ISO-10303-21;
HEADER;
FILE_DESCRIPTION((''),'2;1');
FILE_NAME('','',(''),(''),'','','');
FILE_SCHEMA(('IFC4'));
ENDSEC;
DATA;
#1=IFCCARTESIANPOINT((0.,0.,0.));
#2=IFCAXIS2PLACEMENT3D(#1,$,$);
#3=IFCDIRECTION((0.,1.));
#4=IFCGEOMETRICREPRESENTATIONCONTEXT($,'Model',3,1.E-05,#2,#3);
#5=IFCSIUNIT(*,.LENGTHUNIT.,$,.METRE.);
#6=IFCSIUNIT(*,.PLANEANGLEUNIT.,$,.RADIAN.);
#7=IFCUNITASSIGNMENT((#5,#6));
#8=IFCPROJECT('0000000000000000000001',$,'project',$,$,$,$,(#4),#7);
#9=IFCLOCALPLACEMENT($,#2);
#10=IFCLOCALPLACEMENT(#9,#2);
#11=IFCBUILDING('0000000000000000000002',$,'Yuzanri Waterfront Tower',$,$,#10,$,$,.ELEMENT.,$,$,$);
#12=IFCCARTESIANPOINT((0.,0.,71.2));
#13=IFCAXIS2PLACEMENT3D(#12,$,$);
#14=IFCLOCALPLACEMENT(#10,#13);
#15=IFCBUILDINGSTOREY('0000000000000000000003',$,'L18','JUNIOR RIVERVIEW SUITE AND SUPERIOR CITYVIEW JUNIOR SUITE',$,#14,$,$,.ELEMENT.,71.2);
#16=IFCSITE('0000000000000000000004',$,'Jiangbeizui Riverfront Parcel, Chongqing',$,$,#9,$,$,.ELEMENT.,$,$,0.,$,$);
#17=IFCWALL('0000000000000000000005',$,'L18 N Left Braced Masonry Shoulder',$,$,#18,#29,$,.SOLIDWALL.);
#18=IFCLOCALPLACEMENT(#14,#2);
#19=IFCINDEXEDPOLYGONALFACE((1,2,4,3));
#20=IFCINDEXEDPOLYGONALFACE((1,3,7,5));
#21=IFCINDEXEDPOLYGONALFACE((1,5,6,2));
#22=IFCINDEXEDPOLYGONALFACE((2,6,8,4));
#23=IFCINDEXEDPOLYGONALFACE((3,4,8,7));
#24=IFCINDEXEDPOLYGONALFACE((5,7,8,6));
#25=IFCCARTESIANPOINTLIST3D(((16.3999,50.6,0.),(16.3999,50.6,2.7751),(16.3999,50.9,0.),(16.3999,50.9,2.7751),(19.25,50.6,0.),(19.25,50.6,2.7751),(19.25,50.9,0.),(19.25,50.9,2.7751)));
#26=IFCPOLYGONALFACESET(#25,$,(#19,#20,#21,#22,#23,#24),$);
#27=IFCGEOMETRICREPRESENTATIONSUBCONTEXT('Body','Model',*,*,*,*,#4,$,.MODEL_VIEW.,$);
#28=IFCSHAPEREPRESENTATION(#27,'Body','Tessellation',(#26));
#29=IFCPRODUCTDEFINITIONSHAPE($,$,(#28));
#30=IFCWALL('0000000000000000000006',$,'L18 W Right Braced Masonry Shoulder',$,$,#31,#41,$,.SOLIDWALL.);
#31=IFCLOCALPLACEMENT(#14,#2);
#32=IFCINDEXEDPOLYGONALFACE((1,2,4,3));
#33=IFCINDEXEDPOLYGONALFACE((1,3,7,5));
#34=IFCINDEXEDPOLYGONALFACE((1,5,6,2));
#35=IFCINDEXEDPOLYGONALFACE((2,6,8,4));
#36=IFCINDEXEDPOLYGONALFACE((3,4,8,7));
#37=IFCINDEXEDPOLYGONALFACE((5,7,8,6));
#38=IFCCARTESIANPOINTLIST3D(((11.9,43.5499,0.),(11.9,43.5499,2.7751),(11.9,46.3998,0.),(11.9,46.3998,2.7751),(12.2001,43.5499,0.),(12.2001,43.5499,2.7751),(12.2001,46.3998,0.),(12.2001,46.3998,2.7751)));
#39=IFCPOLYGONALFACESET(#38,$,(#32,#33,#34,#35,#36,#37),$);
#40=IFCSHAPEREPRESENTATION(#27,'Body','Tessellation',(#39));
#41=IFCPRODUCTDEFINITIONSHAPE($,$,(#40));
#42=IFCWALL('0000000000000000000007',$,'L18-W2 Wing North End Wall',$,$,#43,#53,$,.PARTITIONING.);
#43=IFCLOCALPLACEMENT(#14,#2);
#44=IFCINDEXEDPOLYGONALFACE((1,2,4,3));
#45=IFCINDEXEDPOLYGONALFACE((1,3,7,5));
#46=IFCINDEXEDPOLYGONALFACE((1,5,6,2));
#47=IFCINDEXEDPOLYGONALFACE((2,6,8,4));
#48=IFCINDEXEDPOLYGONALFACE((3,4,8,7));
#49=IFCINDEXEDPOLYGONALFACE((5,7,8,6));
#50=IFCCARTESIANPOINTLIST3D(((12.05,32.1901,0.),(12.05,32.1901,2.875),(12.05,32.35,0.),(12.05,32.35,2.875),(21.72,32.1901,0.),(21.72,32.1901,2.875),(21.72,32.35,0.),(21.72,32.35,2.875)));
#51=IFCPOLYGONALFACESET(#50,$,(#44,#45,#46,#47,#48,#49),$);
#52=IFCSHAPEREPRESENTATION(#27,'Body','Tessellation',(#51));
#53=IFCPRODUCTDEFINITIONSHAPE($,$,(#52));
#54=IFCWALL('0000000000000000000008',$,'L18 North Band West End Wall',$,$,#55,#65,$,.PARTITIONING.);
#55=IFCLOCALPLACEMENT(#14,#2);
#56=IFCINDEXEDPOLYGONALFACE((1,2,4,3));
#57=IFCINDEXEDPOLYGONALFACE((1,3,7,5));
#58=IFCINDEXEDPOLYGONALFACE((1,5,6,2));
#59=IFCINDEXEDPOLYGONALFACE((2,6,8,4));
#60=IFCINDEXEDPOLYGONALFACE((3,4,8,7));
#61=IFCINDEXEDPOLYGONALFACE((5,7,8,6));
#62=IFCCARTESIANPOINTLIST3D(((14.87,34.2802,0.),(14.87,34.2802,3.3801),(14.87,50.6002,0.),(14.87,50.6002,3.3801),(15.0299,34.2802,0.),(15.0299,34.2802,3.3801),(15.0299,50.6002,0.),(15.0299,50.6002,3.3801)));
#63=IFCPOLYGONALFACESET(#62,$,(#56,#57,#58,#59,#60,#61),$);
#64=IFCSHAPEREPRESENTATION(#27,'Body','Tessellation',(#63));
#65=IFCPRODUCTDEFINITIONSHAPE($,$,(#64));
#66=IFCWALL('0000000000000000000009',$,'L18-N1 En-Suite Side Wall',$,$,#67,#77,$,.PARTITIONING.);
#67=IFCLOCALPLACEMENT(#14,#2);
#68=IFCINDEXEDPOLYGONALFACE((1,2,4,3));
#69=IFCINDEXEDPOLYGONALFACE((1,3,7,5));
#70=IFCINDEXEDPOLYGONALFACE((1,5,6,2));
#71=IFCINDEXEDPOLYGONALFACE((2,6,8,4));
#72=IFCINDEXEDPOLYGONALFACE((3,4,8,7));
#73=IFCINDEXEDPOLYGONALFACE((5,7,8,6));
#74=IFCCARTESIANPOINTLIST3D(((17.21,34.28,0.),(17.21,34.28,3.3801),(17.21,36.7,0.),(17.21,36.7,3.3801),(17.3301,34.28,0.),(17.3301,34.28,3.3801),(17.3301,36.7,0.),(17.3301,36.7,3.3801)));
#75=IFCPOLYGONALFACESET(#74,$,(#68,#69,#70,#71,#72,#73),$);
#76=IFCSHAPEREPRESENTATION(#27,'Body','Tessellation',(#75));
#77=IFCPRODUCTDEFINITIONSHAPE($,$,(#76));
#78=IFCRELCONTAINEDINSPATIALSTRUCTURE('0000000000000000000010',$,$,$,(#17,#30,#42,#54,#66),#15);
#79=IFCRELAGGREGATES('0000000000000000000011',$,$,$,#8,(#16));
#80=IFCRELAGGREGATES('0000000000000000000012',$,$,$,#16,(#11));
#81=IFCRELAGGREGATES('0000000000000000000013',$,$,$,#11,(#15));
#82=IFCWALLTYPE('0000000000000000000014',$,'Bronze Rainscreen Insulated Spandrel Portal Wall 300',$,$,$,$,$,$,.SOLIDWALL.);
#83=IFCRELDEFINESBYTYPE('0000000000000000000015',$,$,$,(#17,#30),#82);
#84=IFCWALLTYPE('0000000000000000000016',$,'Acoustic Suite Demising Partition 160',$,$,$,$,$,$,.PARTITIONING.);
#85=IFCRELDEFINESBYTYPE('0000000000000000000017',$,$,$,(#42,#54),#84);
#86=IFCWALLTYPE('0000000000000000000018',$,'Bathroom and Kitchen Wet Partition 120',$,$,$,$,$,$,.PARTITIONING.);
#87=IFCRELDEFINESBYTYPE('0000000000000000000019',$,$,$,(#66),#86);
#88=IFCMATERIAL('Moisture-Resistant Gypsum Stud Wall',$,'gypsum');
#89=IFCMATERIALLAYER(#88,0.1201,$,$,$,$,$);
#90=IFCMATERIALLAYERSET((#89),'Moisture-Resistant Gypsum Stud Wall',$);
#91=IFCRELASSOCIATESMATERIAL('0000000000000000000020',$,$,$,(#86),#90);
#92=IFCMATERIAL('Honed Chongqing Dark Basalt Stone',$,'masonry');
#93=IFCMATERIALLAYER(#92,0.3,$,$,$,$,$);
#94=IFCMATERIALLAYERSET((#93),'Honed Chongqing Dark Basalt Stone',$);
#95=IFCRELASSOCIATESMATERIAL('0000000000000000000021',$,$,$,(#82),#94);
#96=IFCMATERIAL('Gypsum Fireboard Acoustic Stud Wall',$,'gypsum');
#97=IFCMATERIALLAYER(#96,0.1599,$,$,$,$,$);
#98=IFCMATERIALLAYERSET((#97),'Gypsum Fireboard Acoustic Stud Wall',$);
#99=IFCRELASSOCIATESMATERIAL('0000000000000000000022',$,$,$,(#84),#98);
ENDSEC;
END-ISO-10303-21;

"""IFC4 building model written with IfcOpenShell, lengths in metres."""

from ifc_helpers import new_model, si_unit, direction, frame, frame_2d, origin, place, context, subcontext, project, spatial, rectangle, extrude, source, transform, mapped, material, layer, layer_set, type_object, element, save


model = new_model("IFC4")

# Units and contexts
model_context = context("Model", 3, precision=1e-05, world=origin(), true_north=direction((0.0, 1.0)))
body_context = subcontext(model_context, "Body", "Model", "MODEL_VIEW")
ifc_project = project(units=[si_unit("LENGTHUNIT", "METRE"), si_unit("PLANEANGLEUNIT", "RADIAN")], contexts=[model_context])

# Site, building, storey
site_placement = place(None, origin())
site = spatial("IfcSite", under=ifc_project, at=site_placement, Name="Jiangbeizui Riverfront Parcel, Chongqing", CompositionType="ELEMENT", RefElevation=0.0)
building_placement = place(site_placement, origin())
building = spatial("IfcBuilding", under=site, at=building_placement, Name="Yuzanri Waterfront Tower", CompositionType="ELEMENT")
storey_placement = place(building_placement, frame((0.0, 0.0, 71.2)))
storey = spatial("IfcBuildingStorey", under=building, at=storey_placement, Name="L18", Description="JUNIOR RIVERVIEW SUITE AND SUPERIOR CITYVIEW JUNIOR SUITE", CompositionType="ELEMENT", Elevation=71.2)

# Shared definitions
ifc_material_1 = material(Name="Moisture-Resistant Gypsum Stud Wall", Category="gypsum")
ifc_layer_1 = layer(ifc_material_1, 0.1201)
ifc_layer_set_1 = layer_set([ifc_layer_1], Name="Moisture-Resistant Gypsum Stud Wall")
wall_type_1 = type_object("IfcWallType", Name="Bathroom and Kitchen Wet Partition 120", PredefinedType="PARTITIONING", material=ifc_layer_set_1)

# Shared definitions
ifc_material_2 = material(Name="Honed Chongqing Dark Basalt Stone", Category="masonry")
ifc_layer_2 = layer(ifc_material_2, 0.3)
ifc_layer_set_2 = layer_set([ifc_layer_2], Name="Honed Chongqing Dark Basalt Stone")
wall_type_2 = type_object("IfcWallType", Name="Bronze Rainscreen Insulated Spandrel Portal Wall 300", PredefinedType="SOLIDWALL", material=ifc_layer_set_2)

# Walls
shared_shape_1 = source(origin(), body_context, "Body", "SweptSolid", [
    extrude(rectangle(XDim=2.8501, YDim=0.3, at=frame_2d((1.425, 0.0))), origin(), (0.0, 0.0, 1.0), 2.7751),
])
wall_1_placement = place(storey_placement, frame((16.3999, 50.75, 0.0), z_axis=(0.0, 0.0, 1.0), x_axis=(1.0, 0.0, 0.0)))
element("IfcWall", 1, at=wall_1_placement, inside=storey, type_object=wall_type_2, Name="L18 N Left Braced Masonry Shoulder", PredefinedType="SOLIDWALL", context=body_context, shape_type="MappedRepresentation", body=[
    mapped(shared_shape_1, transform((0.0, 0.0, 0.0), scale=1.0)),
])
shared_shape_2 = source(origin(), body_context, "Body", "SweptSolid", [
    extrude(rectangle(XDim=2.8499, YDim=0.3, at=frame_2d((1.4248, 0.0))), origin(), (0.0, 0.0, 1.0), 2.7751),
])
wall_2_placement = place(storey_placement, frame((12.05, 43.55, 0.0), z_axis=(0.0, 0.0, 1.0), x_axis=(0.0, 1.0, 0.0)))
element("IfcWall", 2, at=wall_2_placement, inside=storey, type_object=wall_type_2, Name="L18 W Right Braced Masonry Shoulder", PredefinedType="SOLIDWALL", context=body_context, shape_type="MappedRepresentation", body=[
    mapped(shared_shape_2, transform((0.0, 0.0, 0.0), scale=1.0)),
])
ifc_material_3 = material(Name="Gypsum Fireboard Acoustic Stud Wall", Category="gypsum")
ifc_layer_3 = layer(ifc_material_3, 0.1599)
ifc_layer_set_3 = layer_set([ifc_layer_3], Name="Gypsum Fireboard Acoustic Stud Wall")
wall_type_3 = type_object("IfcWallType", Name="Acoustic Suite Demising Partition 160", PredefinedType="PARTITIONING", material=ifc_layer_set_3)
shared_shape_3 = source(origin(), body_context, "Body", "SweptSolid", [
    extrude(rectangle(XDim=9.6699, YDim=0.1599, at=frame_2d((4.835, 0.0))), origin(), (0.0, 0.0, 1.0), 2.875),
])
wall_3_placement = place(storey_placement, frame((12.05, 32.27, 0.0), z_axis=(0.0, 0.0, 1.0), x_axis=(1.0, 0.0, 0.0)))
element("IfcWall", 3, at=wall_3_placement, inside=storey, type_object=wall_type_3, Name="L18-W2 Wing North End Wall", PredefinedType="PARTITIONING", context=body_context, shape_type="MappedRepresentation", body=[
    mapped(shared_shape_3, transform((0.0, 0.0, 0.0), scale=1.0)),
])
shared_shape_4 = source(origin(), body_context, "Body", "SweptSolid", [
    extrude(rectangle(XDim=16.3201, YDim=0.1599, at=frame_2d((8.1602, 0.0))), origin(), (0.0, 0.0, 1.0), 3.3801),
])
wall_4_placement = place(storey_placement, frame((14.95, 34.28, 0.0), z_axis=(0.0, 0.0, 1.0), x_axis=(0.0, 1.0, 0.0)))
element("IfcWall", 4, at=wall_4_placement, inside=storey, type_object=wall_type_3, Name="L18 North Band West End Wall", PredefinedType="PARTITIONING", context=body_context, shape_type="MappedRepresentation", body=[
    mapped(shared_shape_4, transform((0.0, 0.0, 0.0), scale=1.0)),
])
shared_shape_5 = source(origin(), body_context, "Body", "SweptSolid", [
    extrude(rectangle(XDim=2.4199, YDim=0.1201, at=frame_2d((1.21, 0.0))), origin(), (0.0, 0.0, 1.0), 3.3801),
])
wall_5_placement = place(storey_placement, frame((17.27, 34.28, 0.0), z_axis=(0.0, 0.0, 1.0), x_axis=(0.0, 1.0, 0.0)))
element("IfcWall", 5, at=wall_5_placement, inside=storey, type_object=wall_type_1, Name="L18-N1 En-Suite Side Wall", PredefinedType="PARTITIONING", context=body_context, shape_type="MappedRepresentation", body=[
    mapped(shared_shape_5, transform((0.0, 0.0, 0.0), scale=1.0)),
])

save(model, "model.ifc")
